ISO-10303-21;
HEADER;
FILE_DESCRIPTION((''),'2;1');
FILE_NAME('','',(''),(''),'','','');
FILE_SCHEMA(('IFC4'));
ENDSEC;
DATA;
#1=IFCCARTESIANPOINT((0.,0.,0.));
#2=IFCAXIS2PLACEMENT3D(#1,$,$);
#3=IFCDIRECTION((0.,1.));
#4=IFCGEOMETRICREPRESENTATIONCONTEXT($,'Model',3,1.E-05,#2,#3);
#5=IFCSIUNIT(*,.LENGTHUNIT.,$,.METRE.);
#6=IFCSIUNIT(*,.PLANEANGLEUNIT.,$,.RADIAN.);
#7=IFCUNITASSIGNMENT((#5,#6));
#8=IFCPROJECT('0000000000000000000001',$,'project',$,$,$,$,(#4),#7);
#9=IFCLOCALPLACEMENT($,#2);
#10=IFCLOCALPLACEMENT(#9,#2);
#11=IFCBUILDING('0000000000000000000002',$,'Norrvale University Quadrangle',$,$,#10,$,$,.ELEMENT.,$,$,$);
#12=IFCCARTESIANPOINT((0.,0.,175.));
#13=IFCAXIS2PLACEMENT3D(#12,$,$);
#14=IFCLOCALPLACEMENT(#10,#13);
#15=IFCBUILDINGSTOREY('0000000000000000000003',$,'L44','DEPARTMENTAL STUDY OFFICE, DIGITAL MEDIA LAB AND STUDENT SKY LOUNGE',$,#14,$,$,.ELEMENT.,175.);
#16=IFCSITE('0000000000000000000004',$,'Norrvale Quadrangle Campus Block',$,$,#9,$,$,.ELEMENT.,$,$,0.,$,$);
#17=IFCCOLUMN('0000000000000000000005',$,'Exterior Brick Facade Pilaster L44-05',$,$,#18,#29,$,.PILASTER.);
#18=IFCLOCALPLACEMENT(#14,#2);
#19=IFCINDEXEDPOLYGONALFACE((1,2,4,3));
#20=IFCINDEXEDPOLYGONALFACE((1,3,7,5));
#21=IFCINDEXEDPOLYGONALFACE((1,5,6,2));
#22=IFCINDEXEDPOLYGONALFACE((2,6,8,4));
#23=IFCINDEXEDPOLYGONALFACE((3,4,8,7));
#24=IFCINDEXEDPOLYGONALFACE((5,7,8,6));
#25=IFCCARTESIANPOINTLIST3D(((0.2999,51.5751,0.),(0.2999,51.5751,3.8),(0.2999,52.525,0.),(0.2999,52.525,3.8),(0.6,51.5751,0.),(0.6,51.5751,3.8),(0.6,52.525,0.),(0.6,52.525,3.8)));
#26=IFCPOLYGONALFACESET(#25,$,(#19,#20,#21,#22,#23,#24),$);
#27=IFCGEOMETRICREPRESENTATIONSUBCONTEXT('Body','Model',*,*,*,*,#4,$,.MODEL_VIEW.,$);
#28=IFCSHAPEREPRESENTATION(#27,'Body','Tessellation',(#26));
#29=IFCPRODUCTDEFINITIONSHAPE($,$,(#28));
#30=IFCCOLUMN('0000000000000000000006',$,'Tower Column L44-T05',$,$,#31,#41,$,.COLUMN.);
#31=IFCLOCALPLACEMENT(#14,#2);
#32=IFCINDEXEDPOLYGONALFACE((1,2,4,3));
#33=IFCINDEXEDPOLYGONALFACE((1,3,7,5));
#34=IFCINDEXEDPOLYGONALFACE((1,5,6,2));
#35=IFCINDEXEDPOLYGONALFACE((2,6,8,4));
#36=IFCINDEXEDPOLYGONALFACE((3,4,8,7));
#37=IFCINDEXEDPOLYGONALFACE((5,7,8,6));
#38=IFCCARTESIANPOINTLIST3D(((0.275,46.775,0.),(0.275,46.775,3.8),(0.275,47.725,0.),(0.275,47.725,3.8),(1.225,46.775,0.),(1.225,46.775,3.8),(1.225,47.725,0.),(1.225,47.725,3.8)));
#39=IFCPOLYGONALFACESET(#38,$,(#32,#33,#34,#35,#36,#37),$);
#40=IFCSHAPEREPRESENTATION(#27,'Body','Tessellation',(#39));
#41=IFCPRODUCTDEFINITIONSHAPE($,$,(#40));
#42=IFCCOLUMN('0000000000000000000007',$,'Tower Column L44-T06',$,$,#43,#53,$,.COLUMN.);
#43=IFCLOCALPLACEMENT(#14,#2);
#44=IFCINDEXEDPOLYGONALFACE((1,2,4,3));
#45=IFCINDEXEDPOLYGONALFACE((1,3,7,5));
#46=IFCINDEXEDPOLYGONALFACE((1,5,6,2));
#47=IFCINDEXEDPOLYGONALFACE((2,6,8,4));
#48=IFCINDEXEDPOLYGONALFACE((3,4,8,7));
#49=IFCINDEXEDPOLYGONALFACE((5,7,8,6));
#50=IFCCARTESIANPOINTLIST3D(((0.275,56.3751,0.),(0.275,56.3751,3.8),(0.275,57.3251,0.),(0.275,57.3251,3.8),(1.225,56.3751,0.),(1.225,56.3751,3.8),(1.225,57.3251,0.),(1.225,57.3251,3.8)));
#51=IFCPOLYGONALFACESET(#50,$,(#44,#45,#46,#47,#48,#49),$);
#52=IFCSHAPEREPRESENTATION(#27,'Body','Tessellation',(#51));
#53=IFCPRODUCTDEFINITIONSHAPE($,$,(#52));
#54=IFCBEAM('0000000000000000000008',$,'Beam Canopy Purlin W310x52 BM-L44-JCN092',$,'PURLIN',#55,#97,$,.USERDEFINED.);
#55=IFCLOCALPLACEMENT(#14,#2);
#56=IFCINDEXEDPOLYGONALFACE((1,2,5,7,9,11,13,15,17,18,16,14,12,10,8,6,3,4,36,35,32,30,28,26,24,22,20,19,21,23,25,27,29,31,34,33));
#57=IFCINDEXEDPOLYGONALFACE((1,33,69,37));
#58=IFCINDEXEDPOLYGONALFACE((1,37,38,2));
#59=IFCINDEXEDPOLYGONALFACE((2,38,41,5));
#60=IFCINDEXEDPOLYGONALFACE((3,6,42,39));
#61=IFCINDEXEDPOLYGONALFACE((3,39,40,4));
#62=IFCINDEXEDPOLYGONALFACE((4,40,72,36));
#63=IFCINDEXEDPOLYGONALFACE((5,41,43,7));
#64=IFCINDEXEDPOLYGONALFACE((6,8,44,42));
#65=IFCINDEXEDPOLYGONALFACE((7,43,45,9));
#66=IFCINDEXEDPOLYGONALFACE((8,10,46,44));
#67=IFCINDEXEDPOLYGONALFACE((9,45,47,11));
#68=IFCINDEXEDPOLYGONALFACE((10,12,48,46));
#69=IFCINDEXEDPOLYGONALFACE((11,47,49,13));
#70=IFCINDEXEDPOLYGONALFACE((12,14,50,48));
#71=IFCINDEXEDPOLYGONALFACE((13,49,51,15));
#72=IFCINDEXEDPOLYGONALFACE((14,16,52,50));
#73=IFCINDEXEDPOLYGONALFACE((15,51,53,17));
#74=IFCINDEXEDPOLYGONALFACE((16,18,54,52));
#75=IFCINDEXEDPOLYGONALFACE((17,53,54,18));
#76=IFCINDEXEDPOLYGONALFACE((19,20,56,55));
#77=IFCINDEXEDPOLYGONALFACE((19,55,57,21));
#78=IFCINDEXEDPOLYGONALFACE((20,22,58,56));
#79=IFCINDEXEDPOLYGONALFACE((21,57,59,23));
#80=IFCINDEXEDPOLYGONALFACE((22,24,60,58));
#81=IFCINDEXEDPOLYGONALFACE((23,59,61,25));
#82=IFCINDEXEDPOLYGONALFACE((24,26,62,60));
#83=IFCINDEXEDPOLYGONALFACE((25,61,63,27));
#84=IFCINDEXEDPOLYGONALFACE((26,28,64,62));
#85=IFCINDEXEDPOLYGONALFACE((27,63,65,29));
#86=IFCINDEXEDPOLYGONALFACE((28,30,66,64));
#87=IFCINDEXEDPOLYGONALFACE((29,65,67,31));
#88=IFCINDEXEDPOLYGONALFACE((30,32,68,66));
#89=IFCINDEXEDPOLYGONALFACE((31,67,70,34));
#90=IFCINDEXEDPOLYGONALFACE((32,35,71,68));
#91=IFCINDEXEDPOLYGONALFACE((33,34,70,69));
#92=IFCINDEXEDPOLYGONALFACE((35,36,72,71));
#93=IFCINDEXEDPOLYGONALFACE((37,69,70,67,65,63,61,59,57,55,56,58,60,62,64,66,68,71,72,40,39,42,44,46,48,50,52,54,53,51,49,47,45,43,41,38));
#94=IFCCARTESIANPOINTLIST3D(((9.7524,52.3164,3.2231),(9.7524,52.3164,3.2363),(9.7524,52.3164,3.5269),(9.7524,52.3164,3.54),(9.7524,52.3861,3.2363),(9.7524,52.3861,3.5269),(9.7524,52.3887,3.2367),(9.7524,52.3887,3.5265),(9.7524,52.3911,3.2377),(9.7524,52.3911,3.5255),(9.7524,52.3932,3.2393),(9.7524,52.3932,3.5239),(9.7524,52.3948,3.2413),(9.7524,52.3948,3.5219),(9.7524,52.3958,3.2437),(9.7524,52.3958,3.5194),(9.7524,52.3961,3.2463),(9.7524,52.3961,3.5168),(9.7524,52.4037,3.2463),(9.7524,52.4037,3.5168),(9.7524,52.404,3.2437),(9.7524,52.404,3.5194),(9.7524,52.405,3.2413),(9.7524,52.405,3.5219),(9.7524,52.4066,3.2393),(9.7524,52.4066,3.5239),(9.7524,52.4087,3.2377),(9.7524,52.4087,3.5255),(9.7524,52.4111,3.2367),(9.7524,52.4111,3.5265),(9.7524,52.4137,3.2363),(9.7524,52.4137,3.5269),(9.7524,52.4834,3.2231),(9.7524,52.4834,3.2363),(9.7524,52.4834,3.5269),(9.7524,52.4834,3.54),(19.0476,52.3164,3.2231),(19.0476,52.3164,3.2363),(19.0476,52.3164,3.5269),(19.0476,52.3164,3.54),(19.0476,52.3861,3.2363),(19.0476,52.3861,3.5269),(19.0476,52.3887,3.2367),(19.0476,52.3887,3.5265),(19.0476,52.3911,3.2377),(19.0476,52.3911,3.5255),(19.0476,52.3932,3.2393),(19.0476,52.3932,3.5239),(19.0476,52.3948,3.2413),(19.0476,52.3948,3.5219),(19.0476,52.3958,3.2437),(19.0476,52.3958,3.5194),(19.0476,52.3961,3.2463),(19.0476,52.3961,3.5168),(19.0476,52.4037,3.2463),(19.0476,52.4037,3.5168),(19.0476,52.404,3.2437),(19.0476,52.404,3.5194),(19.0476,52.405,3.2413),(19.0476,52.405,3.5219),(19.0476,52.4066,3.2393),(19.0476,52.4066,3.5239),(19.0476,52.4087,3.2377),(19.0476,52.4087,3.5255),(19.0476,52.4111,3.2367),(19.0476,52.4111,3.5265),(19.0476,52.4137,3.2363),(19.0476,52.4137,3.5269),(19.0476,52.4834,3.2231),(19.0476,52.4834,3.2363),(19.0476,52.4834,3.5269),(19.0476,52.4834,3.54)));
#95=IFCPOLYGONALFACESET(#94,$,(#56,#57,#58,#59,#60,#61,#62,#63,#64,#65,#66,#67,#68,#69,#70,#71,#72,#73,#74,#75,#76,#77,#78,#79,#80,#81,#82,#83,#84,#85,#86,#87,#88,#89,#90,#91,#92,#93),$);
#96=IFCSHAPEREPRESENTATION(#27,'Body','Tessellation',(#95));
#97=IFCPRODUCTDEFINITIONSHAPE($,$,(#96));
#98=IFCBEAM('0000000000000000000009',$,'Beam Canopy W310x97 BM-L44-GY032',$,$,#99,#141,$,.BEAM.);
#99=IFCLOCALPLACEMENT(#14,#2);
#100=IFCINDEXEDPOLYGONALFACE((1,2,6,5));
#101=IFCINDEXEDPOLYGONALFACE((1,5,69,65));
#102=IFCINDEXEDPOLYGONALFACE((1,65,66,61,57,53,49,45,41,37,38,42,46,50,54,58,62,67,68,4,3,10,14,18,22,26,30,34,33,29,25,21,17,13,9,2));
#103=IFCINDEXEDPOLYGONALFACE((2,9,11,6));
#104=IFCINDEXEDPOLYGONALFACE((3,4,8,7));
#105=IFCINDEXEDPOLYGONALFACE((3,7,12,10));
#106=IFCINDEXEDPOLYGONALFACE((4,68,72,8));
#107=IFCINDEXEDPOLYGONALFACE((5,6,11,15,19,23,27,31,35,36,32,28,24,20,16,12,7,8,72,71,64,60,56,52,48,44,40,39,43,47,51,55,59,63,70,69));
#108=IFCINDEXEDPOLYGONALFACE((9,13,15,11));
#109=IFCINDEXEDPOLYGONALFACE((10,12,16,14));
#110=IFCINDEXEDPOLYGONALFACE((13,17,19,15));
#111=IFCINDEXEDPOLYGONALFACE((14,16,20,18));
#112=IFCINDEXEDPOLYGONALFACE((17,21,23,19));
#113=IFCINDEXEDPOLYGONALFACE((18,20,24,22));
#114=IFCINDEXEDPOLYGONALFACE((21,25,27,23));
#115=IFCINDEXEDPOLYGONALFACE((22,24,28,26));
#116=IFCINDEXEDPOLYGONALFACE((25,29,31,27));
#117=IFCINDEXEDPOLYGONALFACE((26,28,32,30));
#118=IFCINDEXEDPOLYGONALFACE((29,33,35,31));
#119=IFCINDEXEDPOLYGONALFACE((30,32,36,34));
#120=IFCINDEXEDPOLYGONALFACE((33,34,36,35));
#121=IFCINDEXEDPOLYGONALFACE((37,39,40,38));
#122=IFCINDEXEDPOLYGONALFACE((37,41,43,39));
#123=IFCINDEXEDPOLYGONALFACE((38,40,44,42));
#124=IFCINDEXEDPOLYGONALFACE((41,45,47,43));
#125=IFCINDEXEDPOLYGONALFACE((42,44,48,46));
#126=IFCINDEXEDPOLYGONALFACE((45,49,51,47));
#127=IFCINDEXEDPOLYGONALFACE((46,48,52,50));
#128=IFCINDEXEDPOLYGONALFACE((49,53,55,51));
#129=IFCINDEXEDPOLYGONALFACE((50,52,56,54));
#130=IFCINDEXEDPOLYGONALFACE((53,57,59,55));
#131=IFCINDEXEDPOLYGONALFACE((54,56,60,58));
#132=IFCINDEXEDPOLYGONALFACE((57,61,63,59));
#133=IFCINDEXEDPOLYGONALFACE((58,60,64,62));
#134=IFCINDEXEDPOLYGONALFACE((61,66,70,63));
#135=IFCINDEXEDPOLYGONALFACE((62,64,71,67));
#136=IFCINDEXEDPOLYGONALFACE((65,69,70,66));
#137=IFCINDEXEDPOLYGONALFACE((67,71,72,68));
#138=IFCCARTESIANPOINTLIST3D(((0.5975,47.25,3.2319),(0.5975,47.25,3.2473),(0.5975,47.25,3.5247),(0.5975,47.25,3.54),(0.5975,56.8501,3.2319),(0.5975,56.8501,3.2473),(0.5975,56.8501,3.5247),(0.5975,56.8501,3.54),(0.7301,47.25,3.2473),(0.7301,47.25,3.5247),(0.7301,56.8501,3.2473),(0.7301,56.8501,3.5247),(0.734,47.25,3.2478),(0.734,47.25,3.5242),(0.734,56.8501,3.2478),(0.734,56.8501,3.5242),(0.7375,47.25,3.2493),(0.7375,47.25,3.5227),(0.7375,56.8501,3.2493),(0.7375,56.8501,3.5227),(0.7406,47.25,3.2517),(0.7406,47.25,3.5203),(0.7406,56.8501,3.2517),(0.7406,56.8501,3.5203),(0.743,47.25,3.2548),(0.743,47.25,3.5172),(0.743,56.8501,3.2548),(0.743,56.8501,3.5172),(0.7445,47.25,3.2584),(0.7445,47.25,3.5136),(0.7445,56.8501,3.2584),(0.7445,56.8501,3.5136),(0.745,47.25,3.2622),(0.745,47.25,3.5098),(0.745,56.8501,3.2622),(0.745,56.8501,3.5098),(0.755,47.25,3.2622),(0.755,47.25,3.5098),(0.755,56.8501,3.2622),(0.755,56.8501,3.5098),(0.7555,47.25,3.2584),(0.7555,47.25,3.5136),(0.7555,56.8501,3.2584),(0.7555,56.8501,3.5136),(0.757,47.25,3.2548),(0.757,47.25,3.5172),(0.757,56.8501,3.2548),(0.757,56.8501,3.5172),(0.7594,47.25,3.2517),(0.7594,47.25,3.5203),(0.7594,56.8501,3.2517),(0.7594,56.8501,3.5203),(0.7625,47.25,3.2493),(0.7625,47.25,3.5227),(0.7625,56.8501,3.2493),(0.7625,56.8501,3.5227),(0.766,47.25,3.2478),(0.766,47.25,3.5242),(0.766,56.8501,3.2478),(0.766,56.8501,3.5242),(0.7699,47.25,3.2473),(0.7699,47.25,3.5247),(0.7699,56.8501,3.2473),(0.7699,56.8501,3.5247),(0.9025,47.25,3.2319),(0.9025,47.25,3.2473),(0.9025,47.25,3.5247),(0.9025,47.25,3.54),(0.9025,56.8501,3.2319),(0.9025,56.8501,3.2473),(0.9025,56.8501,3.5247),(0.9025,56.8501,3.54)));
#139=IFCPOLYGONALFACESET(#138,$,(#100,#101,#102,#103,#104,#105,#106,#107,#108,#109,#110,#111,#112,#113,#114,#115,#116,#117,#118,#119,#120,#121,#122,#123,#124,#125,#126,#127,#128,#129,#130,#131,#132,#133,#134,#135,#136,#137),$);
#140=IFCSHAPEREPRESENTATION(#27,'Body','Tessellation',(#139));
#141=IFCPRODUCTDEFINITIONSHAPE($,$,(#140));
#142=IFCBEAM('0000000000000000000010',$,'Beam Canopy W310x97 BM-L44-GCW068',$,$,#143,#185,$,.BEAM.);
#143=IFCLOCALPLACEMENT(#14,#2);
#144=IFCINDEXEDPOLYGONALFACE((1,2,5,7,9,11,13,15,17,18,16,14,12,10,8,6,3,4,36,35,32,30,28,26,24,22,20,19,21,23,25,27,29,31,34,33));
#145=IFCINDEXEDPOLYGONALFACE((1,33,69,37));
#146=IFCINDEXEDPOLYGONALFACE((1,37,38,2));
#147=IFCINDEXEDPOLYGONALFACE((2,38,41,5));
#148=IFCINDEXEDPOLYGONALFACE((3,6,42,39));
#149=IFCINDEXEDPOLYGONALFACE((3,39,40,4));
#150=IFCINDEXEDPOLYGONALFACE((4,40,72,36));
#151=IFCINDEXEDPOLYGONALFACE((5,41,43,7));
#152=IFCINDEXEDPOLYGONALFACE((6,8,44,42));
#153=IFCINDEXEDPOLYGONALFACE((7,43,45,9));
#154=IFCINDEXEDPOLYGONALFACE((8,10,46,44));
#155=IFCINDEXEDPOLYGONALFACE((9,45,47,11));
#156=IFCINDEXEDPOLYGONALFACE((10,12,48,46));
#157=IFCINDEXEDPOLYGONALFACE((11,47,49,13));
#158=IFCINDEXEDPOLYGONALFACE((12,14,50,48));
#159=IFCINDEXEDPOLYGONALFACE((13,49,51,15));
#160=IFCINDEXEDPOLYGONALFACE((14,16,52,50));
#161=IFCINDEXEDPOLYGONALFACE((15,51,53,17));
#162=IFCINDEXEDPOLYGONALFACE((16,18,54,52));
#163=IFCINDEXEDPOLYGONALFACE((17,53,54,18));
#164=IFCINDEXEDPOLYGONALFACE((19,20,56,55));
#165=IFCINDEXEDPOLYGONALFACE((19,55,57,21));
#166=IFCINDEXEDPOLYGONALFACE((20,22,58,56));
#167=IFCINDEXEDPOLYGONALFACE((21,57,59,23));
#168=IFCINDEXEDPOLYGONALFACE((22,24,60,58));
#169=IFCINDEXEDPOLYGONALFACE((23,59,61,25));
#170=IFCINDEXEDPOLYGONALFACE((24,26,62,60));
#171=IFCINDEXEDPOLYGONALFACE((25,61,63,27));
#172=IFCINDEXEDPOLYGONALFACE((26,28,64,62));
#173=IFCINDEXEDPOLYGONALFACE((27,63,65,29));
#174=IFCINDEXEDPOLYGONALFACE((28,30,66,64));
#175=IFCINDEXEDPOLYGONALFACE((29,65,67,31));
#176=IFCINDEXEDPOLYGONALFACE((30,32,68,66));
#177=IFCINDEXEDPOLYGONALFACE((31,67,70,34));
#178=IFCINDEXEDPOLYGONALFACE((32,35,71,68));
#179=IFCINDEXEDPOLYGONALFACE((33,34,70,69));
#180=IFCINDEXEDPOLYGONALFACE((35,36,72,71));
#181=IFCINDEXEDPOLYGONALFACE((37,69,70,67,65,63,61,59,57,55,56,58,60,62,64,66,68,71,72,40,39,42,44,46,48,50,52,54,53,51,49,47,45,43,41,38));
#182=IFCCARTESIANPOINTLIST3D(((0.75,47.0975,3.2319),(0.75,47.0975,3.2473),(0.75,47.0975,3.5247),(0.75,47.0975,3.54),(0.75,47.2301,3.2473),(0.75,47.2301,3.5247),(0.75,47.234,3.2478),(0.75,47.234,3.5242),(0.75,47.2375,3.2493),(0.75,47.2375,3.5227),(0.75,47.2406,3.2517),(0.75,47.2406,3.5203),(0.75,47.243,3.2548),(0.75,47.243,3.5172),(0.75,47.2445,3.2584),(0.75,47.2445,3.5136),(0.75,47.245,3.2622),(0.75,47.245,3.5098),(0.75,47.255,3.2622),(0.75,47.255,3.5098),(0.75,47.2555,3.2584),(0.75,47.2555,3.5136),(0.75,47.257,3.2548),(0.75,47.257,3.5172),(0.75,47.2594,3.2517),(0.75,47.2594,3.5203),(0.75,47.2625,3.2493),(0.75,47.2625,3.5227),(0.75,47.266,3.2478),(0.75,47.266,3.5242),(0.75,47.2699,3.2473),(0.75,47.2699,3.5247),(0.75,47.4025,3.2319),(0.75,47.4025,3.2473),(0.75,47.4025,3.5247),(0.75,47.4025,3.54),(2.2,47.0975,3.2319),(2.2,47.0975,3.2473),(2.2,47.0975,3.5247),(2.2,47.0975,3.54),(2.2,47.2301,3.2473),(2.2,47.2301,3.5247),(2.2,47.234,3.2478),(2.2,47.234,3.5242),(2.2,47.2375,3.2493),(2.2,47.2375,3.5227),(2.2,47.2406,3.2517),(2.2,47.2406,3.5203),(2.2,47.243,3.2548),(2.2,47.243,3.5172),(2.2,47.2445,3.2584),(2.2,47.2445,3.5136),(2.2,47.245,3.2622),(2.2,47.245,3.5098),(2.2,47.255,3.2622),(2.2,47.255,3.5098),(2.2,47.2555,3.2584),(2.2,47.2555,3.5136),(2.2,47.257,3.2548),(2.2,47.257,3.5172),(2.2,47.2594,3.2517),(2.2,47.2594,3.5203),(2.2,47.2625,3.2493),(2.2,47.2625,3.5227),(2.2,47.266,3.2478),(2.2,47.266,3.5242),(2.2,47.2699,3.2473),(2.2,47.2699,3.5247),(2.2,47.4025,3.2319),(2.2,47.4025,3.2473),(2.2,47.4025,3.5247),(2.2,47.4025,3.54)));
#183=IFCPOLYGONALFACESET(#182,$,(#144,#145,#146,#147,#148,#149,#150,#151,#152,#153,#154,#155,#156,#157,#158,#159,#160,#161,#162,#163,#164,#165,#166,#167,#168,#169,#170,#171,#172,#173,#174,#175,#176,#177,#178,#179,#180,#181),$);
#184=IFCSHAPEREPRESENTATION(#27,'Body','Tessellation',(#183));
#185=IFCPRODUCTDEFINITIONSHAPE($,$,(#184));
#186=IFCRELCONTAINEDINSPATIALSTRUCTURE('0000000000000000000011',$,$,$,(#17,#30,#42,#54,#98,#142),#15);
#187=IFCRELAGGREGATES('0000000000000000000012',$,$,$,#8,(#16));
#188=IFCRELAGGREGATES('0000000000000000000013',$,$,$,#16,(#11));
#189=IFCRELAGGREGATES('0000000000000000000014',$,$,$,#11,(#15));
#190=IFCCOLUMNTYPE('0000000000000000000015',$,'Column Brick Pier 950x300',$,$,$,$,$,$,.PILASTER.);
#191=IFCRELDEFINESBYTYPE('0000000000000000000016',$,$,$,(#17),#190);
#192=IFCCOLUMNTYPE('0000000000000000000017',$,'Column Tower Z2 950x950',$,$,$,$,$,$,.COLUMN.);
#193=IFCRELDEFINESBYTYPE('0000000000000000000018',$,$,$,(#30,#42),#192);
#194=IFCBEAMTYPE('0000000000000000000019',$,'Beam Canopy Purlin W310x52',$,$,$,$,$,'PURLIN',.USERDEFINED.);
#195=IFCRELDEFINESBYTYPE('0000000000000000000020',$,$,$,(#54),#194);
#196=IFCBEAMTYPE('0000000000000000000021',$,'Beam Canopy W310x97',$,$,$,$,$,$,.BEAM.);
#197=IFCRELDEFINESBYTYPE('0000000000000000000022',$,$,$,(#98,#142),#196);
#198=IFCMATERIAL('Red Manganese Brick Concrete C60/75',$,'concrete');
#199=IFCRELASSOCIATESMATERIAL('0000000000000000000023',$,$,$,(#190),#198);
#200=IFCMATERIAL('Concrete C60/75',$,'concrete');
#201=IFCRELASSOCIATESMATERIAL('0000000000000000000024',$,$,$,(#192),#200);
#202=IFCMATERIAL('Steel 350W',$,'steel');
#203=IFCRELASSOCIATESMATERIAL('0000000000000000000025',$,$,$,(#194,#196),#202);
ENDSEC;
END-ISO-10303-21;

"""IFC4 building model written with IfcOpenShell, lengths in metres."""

from ifc_helpers import new_model, si_unit, direction, frame, origin, origin_2d, place, context, subcontext, project, spatial, rectangle, i_section, extrude, material, material_profile, profile_set, type_object, element, save


model = new_model("IFC4")

# Units and contexts
model_context = context("Model", 3, precision=1e-05, world=origin(), true_north=direction((0.0, 1.0)))
body_context = subcontext(model_context, "Body", "Model", "MODEL_VIEW")
ifc_project = project(units=[si_unit("LENGTHUNIT", "METRE"), si_unit("PLANEANGLEUNIT", "RADIAN")], contexts=[model_context])

# Site, building, storey
site_placement = place(None, origin())
site = spatial("IfcSite", under=ifc_project, at=site_placement, Name="Norrvale Quadrangle Campus Block", CompositionType="ELEMENT", RefElevation=0.0)
building_placement = place(site_placement, origin())
building = spatial("IfcBuilding", under=site, at=building_placement, Name="Norrvale University Quadrangle", CompositionType="ELEMENT")
storey_placement = place(building_placement, frame((0.0, 0.0, 175.0)))
storey = spatial("IfcBuildingStorey", under=building, at=storey_placement, Name="L44", Description="DEPARTMENTAL STUDY OFFICE, DIGITAL MEDIA LAB AND STUDENT SKY LOUNGE", CompositionType="ELEMENT", Elevation=175.0)

# Columns
ifc_material_1 = material(Name="Red Manganese Brick Concrete C60/75", Category="concrete")
ifc_material_profile_1 = material_profile(ifc_material_1, rectangle(XDim=0.95, YDim=0.3, at=origin_2d()), Name="Red Manganese Brick Concrete C60/75")
ifc_profile_set_1 = profile_set([ifc_material_profile_1], Name="Red Manganese Brick Concrete C60/75")
column_type_1 = type_object("IfcColumnType", Name="Column Brick Pier 950x300", PredefinedType="PILASTER", material=ifc_profile_set_1)
column_placement = place(storey_placement, frame((0.45, 52.05, 0.0), z_axis=(0.0, 0.0, 1.0), x_axis=(0.0, 1.0, 0.0)))
element("IfcColumn", 1, at=column_placement, inside=storey, type_object=column_type_1, Name="Exterior Brick Facade Pilaster L44-05", PredefinedType="PILASTER", context=body_context, shape_type="SweptSolid", body=[
    extrude(rectangle(XDim=0.95, YDim=0.3, at=origin_2d()), origin(), (0.0, 0.0, 1.0), 3.8),
])
ifc_material_2 = material(Name="Concrete C60/75", Category="concrete")
ifc_material_profile_2 = material_profile(ifc_material_2, rectangle(XDim=0.95, YDim=0.95, at=origin_2d()), Name="Concrete C60/75")
ifc_profile_set_2 = profile_set([ifc_material_profile_2], Name="Concrete C60/75")
column_type_2 = type_object("IfcColumnType", Name="Column Tower Z2 950x950", PredefinedType="COLUMN", material=ifc_profile_set_2)
for number, where, z_axis, x_axis, name in (
    (2, (0.75, 47.25, 0.0), (0.0, 0.0, 1.0), (1.0, 0.0, 0.0), "Tower Column L44-T05"),
    (3, (0.75, 56.8501, 0.0), (0.0, 0.0, 1.0), (1.0, 0.0, 0.0), "Tower Column L44-T06"),
):
    element("IfcColumn", number, at=place(storey_placement, frame(where, z_axis=z_axis, x_axis=x_axis)), inside=storey, type_object=column_type_2, Name=name, PredefinedType="COLUMN", context=body_context, shape_type="SweptSolid", body=[
        extrude(rectangle(XDim=0.95, YDim=0.95, at=origin_2d()), origin(), (0.0, 0.0, 1.0), 3.8),
    ])

# Beams
ifc_material_3 = material(Name="Steel 350W", Category="steel")
ifc_material_profile_3 = material_profile(ifc_material_3, i_section(OverallWidth=0.167, OverallDepth=0.3169, WebThickness=0.0076, FlangeThickness=0.0132, FilletRadius=0.01, at=origin_2d()), Name="Steel 350W")
ifc_profile_set_3 = profile_set([ifc_material_profile_3], Name="Steel 350W")
beam_type_1 = type_object("IfcBeamType", Name="Beam Canopy Purlin W310x52", ElementType="PURLIN", PredefinedType="USERDEFINED", material=ifc_profile_set_3)
beam_1_placement = place(storey_placement, frame((9.7524, 52.3999, 3.3816), z_axis=(1.0, 0.0, 0.0), x_axis=(0.0, 1.0, 0.0)))
element("IfcBeam", 4, at=beam_1_placement, inside=storey, type_object=beam_type_1, Name="Beam Canopy Purlin W310x52 BM-L44-JCN092", ObjectType="PURLIN", PredefinedType="USERDEFINED", context=body_context, shape_type="SweptSolid", body=[
    extrude(i_section(OverallWidth=0.167, OverallDepth=0.3169, WebThickness=0.0076, FlangeThickness=0.0132, FilletRadius=0.01, at=origin_2d()), origin(), (0.0, 0.0, 1.0), 9.2952),
])
ifc_material_profile_4 = material_profile(ifc_material_3, i_section(OverallWidth=0.3049, OverallDepth=0.3081, WebThickness=0.01, FlangeThickness=0.0154, FilletRadius=0.0149, at=origin_2d()), Name="Steel 350W")
ifc_profile_set_4 = profile_set([ifc_material_profile_4], Name="Steel 350W")
beam_type_2 = type_object("IfcBeamType", Name="Beam Canopy W310x97", PredefinedType="BEAM", material=ifc_profile_set_4)
beam_2_placement = place(storey_placement, frame((0.75, 47.25, 3.386), z_axis=(0.0, 1.0, 0.0), x_axis=(-1.0, 0.0, 0.0)))
element("IfcBeam", 5, at=beam_2_placement, inside=storey, type_object=beam_type_2, Name="Beam Canopy W310x97 BM-L44-GY032", PredefinedType="BEAM", context=body_context, shape_type="SweptSolid", body=[
    extrude(i_section(OverallWidth=0.3049, OverallDepth=0.3081, WebThickness=0.01, FlangeThickness=0.0154, FilletRadius=0.0149, at=origin_2d()), origin(), (0.0, 0.0, 1.0), 9.6001),
])
beam_3_placement = place(storey_placement, frame((0.75, 47.25, 3.386), z_axis=(1.0, 0.0, 0.0), x_axis=(0.0, 1.0, 0.0)))
element("IfcBeam", 6, at=beam_3_placement, inside=storey, type_object=beam_type_2, Name="Beam Canopy W310x97 BM-L44-GCW068", PredefinedType="BEAM", context=body_context, shape_type="SweptSolid", body=[
    extrude(i_section(OverallWidth=0.3049, OverallDepth=0.3081, WebThickness=0.01, FlangeThickness=0.0154, FilletRadius=0.0149, at=origin_2d()), origin(), (0.0, 0.0, 1.0), 1.45),
])

save(model, "model.ifc")
